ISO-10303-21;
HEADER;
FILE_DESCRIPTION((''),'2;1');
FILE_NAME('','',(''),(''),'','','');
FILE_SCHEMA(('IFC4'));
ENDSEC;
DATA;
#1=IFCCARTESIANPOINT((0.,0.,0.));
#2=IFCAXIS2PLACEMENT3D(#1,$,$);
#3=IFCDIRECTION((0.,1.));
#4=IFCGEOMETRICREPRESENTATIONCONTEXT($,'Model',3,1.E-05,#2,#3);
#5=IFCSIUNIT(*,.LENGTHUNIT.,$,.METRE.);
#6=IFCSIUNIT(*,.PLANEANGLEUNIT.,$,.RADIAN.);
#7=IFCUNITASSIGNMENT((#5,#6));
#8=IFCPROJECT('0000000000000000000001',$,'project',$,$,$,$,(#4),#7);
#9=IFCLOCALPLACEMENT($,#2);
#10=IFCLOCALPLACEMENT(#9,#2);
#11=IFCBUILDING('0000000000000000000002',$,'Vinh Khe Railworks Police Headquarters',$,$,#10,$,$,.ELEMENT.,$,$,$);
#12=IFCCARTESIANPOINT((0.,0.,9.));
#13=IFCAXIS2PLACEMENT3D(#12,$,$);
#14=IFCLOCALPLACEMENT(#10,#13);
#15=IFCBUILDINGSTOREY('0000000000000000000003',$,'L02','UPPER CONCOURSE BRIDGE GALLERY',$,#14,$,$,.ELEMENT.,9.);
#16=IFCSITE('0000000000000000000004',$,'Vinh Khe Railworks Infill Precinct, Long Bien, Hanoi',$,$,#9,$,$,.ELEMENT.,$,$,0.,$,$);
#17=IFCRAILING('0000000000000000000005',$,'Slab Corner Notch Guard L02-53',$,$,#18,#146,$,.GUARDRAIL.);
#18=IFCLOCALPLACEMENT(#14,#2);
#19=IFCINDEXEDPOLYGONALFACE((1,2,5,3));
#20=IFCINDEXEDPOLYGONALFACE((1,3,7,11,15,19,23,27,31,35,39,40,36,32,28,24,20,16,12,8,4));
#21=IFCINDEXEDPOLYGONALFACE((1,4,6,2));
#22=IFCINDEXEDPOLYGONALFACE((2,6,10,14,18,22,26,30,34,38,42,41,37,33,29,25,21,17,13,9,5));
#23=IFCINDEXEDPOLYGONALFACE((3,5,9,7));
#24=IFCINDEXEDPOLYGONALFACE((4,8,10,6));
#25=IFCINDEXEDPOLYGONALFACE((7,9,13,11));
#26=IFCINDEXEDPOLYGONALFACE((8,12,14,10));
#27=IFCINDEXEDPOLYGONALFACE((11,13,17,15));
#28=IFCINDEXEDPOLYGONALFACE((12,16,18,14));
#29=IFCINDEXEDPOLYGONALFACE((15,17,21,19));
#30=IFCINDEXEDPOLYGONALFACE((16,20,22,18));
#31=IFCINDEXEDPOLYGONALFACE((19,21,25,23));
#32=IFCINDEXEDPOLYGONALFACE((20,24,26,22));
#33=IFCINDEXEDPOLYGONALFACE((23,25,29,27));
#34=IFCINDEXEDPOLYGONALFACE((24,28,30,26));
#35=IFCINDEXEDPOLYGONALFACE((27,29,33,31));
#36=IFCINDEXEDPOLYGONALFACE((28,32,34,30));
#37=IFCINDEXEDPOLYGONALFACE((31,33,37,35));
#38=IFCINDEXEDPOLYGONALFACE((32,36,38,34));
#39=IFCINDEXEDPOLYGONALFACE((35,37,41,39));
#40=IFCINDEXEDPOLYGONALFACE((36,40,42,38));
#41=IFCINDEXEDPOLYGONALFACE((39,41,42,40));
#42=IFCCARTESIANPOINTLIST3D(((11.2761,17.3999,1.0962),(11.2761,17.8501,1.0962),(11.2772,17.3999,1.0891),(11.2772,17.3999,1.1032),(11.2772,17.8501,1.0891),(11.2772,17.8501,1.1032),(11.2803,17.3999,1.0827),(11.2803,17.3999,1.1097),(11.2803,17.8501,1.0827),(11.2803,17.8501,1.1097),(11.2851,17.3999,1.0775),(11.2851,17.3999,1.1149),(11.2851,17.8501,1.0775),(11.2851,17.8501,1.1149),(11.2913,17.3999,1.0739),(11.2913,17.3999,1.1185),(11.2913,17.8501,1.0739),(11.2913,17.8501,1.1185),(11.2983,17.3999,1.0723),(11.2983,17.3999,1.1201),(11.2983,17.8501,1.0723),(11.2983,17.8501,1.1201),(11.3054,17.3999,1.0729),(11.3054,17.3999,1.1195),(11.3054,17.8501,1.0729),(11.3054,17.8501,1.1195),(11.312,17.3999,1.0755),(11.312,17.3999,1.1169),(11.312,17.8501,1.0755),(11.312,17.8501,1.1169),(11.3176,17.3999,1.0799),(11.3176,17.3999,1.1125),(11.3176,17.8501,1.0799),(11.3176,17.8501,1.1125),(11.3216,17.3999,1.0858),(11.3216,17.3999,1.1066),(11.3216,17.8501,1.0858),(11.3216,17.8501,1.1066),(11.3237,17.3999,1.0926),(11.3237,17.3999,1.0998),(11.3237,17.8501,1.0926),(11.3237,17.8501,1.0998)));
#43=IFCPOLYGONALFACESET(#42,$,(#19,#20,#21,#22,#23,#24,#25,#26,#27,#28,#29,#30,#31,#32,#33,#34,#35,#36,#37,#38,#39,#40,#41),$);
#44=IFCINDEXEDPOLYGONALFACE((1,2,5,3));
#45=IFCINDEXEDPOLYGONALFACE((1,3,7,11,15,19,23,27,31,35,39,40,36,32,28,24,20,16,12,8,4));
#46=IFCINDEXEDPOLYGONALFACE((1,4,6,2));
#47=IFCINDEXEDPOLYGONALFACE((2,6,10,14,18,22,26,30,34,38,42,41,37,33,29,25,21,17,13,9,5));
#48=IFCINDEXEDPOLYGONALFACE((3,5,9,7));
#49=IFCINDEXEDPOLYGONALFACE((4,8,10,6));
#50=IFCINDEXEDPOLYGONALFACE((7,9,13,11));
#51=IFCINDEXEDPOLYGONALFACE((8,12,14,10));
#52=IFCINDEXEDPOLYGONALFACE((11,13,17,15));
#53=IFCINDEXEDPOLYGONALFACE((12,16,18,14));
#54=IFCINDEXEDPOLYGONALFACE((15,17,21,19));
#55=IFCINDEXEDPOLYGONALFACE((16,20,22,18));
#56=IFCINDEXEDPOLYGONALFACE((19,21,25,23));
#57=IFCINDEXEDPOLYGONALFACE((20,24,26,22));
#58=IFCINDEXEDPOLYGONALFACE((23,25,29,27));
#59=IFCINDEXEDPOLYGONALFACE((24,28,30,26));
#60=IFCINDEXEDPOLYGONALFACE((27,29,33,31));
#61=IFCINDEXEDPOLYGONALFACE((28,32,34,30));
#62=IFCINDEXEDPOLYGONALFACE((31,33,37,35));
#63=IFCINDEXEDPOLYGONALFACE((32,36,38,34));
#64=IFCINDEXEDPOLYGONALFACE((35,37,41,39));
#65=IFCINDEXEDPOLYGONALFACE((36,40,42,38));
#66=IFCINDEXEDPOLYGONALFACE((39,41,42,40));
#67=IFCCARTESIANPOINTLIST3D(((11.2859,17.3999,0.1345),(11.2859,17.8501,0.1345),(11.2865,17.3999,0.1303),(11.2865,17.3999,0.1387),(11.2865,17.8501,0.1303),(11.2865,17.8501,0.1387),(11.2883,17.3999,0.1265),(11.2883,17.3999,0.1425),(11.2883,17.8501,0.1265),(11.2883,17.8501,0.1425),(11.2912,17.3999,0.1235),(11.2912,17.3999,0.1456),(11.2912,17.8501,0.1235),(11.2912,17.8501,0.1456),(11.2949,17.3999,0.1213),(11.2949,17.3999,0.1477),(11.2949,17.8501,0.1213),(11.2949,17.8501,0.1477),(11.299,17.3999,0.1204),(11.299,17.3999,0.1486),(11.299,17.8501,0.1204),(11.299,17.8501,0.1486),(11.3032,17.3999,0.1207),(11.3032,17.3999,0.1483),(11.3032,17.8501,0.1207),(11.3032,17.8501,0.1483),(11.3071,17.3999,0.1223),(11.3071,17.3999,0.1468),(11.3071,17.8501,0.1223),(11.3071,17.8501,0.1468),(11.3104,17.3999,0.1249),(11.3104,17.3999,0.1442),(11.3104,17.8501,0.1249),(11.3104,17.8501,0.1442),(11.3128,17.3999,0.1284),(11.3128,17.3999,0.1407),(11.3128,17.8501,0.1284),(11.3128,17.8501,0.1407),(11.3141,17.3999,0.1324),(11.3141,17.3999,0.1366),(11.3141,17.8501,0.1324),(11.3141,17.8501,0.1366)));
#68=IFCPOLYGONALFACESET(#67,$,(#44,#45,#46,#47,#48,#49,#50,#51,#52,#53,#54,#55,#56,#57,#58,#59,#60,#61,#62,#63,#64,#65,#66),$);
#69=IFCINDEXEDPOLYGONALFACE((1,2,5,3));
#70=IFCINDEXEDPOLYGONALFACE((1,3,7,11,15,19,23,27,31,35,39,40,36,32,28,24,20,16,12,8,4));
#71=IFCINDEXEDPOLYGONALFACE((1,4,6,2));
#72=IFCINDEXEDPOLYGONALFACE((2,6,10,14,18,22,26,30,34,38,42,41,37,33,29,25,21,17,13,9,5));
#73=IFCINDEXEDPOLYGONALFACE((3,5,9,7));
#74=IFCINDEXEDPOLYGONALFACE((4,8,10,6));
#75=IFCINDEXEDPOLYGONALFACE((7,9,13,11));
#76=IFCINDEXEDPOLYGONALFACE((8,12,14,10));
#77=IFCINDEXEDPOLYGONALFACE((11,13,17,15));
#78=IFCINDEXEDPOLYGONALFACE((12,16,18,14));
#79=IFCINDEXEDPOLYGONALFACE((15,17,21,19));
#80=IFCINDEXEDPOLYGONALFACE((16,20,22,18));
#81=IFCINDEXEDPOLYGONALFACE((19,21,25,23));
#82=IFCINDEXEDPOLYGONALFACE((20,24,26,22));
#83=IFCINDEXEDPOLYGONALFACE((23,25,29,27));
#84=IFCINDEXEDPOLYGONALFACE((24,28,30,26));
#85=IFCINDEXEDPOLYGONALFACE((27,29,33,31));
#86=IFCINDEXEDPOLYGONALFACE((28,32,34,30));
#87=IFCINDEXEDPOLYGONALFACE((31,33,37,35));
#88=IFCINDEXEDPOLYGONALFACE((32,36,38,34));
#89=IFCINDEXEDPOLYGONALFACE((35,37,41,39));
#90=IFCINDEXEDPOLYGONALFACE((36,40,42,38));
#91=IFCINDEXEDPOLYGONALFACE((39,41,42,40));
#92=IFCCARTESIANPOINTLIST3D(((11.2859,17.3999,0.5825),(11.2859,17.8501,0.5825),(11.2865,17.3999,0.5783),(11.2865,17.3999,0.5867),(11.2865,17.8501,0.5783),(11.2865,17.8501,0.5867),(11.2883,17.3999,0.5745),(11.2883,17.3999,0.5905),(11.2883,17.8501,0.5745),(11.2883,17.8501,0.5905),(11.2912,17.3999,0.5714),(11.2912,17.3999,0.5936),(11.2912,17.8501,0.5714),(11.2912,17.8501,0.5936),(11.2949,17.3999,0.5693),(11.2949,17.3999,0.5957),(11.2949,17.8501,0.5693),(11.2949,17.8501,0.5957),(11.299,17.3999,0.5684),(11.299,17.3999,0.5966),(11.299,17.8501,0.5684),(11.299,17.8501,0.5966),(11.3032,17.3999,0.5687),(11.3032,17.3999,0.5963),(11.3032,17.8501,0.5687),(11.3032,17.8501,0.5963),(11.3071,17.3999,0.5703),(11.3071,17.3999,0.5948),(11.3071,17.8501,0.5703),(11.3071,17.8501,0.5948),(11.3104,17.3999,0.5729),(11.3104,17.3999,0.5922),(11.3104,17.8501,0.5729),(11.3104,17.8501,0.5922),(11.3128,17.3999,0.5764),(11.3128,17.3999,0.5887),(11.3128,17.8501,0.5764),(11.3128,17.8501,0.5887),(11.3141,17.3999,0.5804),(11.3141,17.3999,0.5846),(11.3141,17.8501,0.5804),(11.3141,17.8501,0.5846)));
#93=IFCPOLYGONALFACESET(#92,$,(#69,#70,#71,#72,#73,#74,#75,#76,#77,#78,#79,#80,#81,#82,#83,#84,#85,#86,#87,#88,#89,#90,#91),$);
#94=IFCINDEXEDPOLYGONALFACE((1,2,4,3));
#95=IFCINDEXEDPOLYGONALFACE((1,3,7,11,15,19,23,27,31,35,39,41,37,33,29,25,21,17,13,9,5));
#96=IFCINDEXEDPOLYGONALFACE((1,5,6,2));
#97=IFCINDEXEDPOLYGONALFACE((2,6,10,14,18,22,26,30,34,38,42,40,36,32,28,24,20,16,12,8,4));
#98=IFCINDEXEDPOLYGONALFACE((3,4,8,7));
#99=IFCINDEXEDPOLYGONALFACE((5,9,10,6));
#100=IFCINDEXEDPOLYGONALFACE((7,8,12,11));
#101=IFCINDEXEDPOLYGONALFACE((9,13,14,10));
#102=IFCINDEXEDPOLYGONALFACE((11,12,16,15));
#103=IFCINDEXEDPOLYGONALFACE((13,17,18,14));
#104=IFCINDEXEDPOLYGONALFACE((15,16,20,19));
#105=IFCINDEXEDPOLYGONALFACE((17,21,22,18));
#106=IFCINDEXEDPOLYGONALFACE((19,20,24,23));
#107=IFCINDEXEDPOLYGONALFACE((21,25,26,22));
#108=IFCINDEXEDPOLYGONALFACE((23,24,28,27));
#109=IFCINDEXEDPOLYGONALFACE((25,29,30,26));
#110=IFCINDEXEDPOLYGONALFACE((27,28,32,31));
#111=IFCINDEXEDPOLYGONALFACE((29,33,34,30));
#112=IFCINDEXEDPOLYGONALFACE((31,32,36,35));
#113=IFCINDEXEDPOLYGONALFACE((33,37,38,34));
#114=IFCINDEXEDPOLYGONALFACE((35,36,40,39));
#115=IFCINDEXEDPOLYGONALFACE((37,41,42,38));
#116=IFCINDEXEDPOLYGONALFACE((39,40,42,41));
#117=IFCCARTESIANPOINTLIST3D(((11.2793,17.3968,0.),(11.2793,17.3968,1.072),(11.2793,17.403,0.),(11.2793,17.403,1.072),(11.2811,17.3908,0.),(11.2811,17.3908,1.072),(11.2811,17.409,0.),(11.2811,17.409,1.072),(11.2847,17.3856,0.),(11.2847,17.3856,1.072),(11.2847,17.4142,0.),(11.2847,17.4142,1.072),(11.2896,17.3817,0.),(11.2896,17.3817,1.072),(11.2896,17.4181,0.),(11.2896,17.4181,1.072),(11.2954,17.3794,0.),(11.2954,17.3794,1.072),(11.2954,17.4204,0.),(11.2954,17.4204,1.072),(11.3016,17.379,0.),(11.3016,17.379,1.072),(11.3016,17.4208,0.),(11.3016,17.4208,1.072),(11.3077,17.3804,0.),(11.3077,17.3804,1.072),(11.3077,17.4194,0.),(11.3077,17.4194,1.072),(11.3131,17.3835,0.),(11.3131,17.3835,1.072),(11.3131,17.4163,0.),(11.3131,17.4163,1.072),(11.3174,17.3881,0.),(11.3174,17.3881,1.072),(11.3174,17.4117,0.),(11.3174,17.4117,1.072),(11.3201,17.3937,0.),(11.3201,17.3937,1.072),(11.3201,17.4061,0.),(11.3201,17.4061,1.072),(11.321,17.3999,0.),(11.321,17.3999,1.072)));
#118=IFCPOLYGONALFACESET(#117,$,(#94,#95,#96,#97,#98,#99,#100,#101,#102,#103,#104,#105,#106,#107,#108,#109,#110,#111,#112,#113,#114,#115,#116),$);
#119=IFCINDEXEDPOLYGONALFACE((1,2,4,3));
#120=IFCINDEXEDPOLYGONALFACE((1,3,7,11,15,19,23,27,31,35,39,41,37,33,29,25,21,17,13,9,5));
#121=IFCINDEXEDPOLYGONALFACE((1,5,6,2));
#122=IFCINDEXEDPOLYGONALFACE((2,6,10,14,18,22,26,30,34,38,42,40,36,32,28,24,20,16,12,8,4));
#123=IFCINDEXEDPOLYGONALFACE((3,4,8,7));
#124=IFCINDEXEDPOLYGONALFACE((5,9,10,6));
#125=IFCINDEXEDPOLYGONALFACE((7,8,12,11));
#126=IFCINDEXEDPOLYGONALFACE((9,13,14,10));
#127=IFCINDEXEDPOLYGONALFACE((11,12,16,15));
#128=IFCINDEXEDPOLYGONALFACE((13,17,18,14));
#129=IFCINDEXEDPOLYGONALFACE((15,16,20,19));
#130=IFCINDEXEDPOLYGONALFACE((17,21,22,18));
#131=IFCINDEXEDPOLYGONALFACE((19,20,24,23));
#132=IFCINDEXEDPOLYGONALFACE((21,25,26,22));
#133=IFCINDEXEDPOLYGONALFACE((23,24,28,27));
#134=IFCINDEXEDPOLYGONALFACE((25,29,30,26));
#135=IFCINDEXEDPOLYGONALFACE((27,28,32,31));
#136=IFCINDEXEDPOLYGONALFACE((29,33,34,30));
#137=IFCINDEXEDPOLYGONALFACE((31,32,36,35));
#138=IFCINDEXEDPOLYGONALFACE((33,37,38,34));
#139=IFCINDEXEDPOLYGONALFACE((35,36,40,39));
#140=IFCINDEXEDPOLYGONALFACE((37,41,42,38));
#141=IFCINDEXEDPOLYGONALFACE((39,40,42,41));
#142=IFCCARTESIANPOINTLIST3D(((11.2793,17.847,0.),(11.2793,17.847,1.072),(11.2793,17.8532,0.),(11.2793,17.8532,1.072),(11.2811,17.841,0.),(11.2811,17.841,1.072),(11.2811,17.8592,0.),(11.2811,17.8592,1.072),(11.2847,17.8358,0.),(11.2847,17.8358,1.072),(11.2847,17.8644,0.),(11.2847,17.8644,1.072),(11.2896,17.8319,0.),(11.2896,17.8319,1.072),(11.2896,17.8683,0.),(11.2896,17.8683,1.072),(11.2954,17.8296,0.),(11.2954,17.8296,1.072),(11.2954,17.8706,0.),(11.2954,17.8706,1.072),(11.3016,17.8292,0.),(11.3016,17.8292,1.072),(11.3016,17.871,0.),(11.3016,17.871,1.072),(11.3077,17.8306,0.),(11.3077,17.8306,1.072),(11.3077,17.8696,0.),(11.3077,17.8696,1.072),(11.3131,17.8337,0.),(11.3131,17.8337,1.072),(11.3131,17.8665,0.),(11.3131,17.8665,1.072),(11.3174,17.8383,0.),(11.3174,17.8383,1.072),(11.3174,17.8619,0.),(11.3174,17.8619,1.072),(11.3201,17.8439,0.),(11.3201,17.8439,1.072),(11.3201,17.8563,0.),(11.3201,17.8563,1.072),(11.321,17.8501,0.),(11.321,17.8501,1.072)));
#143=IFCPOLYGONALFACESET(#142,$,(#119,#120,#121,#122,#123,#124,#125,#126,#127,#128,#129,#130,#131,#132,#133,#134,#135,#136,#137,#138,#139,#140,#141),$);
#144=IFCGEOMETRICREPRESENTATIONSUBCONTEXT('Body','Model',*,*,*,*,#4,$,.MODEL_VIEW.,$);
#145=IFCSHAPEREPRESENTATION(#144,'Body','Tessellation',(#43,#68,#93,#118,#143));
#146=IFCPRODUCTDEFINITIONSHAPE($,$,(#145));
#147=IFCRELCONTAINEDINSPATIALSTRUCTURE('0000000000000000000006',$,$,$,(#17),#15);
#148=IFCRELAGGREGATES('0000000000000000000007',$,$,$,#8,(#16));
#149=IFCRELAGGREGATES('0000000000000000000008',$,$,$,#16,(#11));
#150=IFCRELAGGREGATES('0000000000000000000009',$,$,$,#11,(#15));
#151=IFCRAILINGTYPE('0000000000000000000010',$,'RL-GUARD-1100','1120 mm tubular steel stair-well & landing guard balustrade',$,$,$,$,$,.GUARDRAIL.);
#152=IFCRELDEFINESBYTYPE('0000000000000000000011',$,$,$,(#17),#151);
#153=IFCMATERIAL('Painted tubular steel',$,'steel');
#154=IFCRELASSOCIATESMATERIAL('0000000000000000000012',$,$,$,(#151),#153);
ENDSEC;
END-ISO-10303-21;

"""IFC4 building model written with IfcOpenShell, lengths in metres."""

from ifc_helpers import new_model, si_unit, direction, frame, origin, origin_2d, place, context, subcontext, project, spatial, circle, extrude, material, type_object, element, save


model = new_model("IFC4")

# Units and contexts
model_context = context("Model", 3, precision=1e-05, world=origin(), true_north=direction((0.0, 1.0)))
body_context = subcontext(model_context, "Body", "Model", "MODEL_VIEW")
ifc_project = project(units=[si_unit("LENGTHUNIT", "METRE"), si_unit("PLANEANGLEUNIT", "RADIAN")], contexts=[model_context])

# Site, building, storey
site_placement = place(None, origin())
site = spatial("IfcSite", under=ifc_project, at=site_placement, Name="Vinh Khe Railworks Infill Precinct, Long Bien, Hanoi", CompositionType="ELEMENT", RefElevation=0.0)
building_placement = place(site_placement, origin())
building = spatial("IfcBuilding", under=site, at=building_placement, Name="Vinh Khe Railworks Police Headquarters", CompositionType="ELEMENT")
storey_placement = place(building_placement, frame((0.0, 0.0, 9.0)))
storey = spatial("IfcBuildingStorey", under=building, at=storey_placement, Name="L02", Description="UPPER CONCOURSE BRIDGE GALLERY", CompositionType="ELEMENT", Elevation=9.0)

# Railing
ifc_material_1 = material(Name="Painted tubular steel", Category="steel")
railing_type_1 = type_object("IfcRailingType", Name="RL-GUARD-1100", Description="1120 mm tubular steel stair-well & landing guard balustrade", PredefinedType="GUARDRAIL", material=ifc_material_1)
railing_1_placement = place(storey_placement, frame((11.3, 17.3999, 0.0)))
element("IfcRailing", 1, at=railing_1_placement, inside=storey, type_object=railing_type_1, Name="Slab Corner Notch Guard L02-53", PredefinedType="GUARDRAIL", context=body_context, shape_type="SweptSolid", body=[
    extrude(circle(Radius=0.0239, at=origin_2d()), frame((0.0, 0.0, 1.0962), z_axis=(0.0, 1.0, 0.0), x_axis=(-1.0, 0.0, 0.0)), (0.0, 0.0, 1.0), 0.4502),
    extrude(circle(Radius=0.0142, at=origin_2d()), frame((0.0, 0.0, 0.1345), z_axis=(0.0, 1.0, 0.0), x_axis=(-1.0, 0.0, 0.0)), (0.0, 0.0, 1.0), 0.4502),
    extrude(circle(Radius=0.0142, at=origin_2d()), frame((0.0, 0.0, 0.5825), z_axis=(0.0, 1.0, 0.0), x_axis=(-1.0, 0.0, 0.0)), (0.0, 0.0, 1.0), 0.4502),
    extrude(circle(Radius=0.021, at=origin_2d()), origin(), (0.0, 0.0, 1.0), 1.072),
    extrude(circle(Radius=0.021, at=origin_2d()), frame((0.0, 0.4502, 0.0)), (0.0, 0.0, 1.0), 1.072),
])

save(model, "model.ifc")
